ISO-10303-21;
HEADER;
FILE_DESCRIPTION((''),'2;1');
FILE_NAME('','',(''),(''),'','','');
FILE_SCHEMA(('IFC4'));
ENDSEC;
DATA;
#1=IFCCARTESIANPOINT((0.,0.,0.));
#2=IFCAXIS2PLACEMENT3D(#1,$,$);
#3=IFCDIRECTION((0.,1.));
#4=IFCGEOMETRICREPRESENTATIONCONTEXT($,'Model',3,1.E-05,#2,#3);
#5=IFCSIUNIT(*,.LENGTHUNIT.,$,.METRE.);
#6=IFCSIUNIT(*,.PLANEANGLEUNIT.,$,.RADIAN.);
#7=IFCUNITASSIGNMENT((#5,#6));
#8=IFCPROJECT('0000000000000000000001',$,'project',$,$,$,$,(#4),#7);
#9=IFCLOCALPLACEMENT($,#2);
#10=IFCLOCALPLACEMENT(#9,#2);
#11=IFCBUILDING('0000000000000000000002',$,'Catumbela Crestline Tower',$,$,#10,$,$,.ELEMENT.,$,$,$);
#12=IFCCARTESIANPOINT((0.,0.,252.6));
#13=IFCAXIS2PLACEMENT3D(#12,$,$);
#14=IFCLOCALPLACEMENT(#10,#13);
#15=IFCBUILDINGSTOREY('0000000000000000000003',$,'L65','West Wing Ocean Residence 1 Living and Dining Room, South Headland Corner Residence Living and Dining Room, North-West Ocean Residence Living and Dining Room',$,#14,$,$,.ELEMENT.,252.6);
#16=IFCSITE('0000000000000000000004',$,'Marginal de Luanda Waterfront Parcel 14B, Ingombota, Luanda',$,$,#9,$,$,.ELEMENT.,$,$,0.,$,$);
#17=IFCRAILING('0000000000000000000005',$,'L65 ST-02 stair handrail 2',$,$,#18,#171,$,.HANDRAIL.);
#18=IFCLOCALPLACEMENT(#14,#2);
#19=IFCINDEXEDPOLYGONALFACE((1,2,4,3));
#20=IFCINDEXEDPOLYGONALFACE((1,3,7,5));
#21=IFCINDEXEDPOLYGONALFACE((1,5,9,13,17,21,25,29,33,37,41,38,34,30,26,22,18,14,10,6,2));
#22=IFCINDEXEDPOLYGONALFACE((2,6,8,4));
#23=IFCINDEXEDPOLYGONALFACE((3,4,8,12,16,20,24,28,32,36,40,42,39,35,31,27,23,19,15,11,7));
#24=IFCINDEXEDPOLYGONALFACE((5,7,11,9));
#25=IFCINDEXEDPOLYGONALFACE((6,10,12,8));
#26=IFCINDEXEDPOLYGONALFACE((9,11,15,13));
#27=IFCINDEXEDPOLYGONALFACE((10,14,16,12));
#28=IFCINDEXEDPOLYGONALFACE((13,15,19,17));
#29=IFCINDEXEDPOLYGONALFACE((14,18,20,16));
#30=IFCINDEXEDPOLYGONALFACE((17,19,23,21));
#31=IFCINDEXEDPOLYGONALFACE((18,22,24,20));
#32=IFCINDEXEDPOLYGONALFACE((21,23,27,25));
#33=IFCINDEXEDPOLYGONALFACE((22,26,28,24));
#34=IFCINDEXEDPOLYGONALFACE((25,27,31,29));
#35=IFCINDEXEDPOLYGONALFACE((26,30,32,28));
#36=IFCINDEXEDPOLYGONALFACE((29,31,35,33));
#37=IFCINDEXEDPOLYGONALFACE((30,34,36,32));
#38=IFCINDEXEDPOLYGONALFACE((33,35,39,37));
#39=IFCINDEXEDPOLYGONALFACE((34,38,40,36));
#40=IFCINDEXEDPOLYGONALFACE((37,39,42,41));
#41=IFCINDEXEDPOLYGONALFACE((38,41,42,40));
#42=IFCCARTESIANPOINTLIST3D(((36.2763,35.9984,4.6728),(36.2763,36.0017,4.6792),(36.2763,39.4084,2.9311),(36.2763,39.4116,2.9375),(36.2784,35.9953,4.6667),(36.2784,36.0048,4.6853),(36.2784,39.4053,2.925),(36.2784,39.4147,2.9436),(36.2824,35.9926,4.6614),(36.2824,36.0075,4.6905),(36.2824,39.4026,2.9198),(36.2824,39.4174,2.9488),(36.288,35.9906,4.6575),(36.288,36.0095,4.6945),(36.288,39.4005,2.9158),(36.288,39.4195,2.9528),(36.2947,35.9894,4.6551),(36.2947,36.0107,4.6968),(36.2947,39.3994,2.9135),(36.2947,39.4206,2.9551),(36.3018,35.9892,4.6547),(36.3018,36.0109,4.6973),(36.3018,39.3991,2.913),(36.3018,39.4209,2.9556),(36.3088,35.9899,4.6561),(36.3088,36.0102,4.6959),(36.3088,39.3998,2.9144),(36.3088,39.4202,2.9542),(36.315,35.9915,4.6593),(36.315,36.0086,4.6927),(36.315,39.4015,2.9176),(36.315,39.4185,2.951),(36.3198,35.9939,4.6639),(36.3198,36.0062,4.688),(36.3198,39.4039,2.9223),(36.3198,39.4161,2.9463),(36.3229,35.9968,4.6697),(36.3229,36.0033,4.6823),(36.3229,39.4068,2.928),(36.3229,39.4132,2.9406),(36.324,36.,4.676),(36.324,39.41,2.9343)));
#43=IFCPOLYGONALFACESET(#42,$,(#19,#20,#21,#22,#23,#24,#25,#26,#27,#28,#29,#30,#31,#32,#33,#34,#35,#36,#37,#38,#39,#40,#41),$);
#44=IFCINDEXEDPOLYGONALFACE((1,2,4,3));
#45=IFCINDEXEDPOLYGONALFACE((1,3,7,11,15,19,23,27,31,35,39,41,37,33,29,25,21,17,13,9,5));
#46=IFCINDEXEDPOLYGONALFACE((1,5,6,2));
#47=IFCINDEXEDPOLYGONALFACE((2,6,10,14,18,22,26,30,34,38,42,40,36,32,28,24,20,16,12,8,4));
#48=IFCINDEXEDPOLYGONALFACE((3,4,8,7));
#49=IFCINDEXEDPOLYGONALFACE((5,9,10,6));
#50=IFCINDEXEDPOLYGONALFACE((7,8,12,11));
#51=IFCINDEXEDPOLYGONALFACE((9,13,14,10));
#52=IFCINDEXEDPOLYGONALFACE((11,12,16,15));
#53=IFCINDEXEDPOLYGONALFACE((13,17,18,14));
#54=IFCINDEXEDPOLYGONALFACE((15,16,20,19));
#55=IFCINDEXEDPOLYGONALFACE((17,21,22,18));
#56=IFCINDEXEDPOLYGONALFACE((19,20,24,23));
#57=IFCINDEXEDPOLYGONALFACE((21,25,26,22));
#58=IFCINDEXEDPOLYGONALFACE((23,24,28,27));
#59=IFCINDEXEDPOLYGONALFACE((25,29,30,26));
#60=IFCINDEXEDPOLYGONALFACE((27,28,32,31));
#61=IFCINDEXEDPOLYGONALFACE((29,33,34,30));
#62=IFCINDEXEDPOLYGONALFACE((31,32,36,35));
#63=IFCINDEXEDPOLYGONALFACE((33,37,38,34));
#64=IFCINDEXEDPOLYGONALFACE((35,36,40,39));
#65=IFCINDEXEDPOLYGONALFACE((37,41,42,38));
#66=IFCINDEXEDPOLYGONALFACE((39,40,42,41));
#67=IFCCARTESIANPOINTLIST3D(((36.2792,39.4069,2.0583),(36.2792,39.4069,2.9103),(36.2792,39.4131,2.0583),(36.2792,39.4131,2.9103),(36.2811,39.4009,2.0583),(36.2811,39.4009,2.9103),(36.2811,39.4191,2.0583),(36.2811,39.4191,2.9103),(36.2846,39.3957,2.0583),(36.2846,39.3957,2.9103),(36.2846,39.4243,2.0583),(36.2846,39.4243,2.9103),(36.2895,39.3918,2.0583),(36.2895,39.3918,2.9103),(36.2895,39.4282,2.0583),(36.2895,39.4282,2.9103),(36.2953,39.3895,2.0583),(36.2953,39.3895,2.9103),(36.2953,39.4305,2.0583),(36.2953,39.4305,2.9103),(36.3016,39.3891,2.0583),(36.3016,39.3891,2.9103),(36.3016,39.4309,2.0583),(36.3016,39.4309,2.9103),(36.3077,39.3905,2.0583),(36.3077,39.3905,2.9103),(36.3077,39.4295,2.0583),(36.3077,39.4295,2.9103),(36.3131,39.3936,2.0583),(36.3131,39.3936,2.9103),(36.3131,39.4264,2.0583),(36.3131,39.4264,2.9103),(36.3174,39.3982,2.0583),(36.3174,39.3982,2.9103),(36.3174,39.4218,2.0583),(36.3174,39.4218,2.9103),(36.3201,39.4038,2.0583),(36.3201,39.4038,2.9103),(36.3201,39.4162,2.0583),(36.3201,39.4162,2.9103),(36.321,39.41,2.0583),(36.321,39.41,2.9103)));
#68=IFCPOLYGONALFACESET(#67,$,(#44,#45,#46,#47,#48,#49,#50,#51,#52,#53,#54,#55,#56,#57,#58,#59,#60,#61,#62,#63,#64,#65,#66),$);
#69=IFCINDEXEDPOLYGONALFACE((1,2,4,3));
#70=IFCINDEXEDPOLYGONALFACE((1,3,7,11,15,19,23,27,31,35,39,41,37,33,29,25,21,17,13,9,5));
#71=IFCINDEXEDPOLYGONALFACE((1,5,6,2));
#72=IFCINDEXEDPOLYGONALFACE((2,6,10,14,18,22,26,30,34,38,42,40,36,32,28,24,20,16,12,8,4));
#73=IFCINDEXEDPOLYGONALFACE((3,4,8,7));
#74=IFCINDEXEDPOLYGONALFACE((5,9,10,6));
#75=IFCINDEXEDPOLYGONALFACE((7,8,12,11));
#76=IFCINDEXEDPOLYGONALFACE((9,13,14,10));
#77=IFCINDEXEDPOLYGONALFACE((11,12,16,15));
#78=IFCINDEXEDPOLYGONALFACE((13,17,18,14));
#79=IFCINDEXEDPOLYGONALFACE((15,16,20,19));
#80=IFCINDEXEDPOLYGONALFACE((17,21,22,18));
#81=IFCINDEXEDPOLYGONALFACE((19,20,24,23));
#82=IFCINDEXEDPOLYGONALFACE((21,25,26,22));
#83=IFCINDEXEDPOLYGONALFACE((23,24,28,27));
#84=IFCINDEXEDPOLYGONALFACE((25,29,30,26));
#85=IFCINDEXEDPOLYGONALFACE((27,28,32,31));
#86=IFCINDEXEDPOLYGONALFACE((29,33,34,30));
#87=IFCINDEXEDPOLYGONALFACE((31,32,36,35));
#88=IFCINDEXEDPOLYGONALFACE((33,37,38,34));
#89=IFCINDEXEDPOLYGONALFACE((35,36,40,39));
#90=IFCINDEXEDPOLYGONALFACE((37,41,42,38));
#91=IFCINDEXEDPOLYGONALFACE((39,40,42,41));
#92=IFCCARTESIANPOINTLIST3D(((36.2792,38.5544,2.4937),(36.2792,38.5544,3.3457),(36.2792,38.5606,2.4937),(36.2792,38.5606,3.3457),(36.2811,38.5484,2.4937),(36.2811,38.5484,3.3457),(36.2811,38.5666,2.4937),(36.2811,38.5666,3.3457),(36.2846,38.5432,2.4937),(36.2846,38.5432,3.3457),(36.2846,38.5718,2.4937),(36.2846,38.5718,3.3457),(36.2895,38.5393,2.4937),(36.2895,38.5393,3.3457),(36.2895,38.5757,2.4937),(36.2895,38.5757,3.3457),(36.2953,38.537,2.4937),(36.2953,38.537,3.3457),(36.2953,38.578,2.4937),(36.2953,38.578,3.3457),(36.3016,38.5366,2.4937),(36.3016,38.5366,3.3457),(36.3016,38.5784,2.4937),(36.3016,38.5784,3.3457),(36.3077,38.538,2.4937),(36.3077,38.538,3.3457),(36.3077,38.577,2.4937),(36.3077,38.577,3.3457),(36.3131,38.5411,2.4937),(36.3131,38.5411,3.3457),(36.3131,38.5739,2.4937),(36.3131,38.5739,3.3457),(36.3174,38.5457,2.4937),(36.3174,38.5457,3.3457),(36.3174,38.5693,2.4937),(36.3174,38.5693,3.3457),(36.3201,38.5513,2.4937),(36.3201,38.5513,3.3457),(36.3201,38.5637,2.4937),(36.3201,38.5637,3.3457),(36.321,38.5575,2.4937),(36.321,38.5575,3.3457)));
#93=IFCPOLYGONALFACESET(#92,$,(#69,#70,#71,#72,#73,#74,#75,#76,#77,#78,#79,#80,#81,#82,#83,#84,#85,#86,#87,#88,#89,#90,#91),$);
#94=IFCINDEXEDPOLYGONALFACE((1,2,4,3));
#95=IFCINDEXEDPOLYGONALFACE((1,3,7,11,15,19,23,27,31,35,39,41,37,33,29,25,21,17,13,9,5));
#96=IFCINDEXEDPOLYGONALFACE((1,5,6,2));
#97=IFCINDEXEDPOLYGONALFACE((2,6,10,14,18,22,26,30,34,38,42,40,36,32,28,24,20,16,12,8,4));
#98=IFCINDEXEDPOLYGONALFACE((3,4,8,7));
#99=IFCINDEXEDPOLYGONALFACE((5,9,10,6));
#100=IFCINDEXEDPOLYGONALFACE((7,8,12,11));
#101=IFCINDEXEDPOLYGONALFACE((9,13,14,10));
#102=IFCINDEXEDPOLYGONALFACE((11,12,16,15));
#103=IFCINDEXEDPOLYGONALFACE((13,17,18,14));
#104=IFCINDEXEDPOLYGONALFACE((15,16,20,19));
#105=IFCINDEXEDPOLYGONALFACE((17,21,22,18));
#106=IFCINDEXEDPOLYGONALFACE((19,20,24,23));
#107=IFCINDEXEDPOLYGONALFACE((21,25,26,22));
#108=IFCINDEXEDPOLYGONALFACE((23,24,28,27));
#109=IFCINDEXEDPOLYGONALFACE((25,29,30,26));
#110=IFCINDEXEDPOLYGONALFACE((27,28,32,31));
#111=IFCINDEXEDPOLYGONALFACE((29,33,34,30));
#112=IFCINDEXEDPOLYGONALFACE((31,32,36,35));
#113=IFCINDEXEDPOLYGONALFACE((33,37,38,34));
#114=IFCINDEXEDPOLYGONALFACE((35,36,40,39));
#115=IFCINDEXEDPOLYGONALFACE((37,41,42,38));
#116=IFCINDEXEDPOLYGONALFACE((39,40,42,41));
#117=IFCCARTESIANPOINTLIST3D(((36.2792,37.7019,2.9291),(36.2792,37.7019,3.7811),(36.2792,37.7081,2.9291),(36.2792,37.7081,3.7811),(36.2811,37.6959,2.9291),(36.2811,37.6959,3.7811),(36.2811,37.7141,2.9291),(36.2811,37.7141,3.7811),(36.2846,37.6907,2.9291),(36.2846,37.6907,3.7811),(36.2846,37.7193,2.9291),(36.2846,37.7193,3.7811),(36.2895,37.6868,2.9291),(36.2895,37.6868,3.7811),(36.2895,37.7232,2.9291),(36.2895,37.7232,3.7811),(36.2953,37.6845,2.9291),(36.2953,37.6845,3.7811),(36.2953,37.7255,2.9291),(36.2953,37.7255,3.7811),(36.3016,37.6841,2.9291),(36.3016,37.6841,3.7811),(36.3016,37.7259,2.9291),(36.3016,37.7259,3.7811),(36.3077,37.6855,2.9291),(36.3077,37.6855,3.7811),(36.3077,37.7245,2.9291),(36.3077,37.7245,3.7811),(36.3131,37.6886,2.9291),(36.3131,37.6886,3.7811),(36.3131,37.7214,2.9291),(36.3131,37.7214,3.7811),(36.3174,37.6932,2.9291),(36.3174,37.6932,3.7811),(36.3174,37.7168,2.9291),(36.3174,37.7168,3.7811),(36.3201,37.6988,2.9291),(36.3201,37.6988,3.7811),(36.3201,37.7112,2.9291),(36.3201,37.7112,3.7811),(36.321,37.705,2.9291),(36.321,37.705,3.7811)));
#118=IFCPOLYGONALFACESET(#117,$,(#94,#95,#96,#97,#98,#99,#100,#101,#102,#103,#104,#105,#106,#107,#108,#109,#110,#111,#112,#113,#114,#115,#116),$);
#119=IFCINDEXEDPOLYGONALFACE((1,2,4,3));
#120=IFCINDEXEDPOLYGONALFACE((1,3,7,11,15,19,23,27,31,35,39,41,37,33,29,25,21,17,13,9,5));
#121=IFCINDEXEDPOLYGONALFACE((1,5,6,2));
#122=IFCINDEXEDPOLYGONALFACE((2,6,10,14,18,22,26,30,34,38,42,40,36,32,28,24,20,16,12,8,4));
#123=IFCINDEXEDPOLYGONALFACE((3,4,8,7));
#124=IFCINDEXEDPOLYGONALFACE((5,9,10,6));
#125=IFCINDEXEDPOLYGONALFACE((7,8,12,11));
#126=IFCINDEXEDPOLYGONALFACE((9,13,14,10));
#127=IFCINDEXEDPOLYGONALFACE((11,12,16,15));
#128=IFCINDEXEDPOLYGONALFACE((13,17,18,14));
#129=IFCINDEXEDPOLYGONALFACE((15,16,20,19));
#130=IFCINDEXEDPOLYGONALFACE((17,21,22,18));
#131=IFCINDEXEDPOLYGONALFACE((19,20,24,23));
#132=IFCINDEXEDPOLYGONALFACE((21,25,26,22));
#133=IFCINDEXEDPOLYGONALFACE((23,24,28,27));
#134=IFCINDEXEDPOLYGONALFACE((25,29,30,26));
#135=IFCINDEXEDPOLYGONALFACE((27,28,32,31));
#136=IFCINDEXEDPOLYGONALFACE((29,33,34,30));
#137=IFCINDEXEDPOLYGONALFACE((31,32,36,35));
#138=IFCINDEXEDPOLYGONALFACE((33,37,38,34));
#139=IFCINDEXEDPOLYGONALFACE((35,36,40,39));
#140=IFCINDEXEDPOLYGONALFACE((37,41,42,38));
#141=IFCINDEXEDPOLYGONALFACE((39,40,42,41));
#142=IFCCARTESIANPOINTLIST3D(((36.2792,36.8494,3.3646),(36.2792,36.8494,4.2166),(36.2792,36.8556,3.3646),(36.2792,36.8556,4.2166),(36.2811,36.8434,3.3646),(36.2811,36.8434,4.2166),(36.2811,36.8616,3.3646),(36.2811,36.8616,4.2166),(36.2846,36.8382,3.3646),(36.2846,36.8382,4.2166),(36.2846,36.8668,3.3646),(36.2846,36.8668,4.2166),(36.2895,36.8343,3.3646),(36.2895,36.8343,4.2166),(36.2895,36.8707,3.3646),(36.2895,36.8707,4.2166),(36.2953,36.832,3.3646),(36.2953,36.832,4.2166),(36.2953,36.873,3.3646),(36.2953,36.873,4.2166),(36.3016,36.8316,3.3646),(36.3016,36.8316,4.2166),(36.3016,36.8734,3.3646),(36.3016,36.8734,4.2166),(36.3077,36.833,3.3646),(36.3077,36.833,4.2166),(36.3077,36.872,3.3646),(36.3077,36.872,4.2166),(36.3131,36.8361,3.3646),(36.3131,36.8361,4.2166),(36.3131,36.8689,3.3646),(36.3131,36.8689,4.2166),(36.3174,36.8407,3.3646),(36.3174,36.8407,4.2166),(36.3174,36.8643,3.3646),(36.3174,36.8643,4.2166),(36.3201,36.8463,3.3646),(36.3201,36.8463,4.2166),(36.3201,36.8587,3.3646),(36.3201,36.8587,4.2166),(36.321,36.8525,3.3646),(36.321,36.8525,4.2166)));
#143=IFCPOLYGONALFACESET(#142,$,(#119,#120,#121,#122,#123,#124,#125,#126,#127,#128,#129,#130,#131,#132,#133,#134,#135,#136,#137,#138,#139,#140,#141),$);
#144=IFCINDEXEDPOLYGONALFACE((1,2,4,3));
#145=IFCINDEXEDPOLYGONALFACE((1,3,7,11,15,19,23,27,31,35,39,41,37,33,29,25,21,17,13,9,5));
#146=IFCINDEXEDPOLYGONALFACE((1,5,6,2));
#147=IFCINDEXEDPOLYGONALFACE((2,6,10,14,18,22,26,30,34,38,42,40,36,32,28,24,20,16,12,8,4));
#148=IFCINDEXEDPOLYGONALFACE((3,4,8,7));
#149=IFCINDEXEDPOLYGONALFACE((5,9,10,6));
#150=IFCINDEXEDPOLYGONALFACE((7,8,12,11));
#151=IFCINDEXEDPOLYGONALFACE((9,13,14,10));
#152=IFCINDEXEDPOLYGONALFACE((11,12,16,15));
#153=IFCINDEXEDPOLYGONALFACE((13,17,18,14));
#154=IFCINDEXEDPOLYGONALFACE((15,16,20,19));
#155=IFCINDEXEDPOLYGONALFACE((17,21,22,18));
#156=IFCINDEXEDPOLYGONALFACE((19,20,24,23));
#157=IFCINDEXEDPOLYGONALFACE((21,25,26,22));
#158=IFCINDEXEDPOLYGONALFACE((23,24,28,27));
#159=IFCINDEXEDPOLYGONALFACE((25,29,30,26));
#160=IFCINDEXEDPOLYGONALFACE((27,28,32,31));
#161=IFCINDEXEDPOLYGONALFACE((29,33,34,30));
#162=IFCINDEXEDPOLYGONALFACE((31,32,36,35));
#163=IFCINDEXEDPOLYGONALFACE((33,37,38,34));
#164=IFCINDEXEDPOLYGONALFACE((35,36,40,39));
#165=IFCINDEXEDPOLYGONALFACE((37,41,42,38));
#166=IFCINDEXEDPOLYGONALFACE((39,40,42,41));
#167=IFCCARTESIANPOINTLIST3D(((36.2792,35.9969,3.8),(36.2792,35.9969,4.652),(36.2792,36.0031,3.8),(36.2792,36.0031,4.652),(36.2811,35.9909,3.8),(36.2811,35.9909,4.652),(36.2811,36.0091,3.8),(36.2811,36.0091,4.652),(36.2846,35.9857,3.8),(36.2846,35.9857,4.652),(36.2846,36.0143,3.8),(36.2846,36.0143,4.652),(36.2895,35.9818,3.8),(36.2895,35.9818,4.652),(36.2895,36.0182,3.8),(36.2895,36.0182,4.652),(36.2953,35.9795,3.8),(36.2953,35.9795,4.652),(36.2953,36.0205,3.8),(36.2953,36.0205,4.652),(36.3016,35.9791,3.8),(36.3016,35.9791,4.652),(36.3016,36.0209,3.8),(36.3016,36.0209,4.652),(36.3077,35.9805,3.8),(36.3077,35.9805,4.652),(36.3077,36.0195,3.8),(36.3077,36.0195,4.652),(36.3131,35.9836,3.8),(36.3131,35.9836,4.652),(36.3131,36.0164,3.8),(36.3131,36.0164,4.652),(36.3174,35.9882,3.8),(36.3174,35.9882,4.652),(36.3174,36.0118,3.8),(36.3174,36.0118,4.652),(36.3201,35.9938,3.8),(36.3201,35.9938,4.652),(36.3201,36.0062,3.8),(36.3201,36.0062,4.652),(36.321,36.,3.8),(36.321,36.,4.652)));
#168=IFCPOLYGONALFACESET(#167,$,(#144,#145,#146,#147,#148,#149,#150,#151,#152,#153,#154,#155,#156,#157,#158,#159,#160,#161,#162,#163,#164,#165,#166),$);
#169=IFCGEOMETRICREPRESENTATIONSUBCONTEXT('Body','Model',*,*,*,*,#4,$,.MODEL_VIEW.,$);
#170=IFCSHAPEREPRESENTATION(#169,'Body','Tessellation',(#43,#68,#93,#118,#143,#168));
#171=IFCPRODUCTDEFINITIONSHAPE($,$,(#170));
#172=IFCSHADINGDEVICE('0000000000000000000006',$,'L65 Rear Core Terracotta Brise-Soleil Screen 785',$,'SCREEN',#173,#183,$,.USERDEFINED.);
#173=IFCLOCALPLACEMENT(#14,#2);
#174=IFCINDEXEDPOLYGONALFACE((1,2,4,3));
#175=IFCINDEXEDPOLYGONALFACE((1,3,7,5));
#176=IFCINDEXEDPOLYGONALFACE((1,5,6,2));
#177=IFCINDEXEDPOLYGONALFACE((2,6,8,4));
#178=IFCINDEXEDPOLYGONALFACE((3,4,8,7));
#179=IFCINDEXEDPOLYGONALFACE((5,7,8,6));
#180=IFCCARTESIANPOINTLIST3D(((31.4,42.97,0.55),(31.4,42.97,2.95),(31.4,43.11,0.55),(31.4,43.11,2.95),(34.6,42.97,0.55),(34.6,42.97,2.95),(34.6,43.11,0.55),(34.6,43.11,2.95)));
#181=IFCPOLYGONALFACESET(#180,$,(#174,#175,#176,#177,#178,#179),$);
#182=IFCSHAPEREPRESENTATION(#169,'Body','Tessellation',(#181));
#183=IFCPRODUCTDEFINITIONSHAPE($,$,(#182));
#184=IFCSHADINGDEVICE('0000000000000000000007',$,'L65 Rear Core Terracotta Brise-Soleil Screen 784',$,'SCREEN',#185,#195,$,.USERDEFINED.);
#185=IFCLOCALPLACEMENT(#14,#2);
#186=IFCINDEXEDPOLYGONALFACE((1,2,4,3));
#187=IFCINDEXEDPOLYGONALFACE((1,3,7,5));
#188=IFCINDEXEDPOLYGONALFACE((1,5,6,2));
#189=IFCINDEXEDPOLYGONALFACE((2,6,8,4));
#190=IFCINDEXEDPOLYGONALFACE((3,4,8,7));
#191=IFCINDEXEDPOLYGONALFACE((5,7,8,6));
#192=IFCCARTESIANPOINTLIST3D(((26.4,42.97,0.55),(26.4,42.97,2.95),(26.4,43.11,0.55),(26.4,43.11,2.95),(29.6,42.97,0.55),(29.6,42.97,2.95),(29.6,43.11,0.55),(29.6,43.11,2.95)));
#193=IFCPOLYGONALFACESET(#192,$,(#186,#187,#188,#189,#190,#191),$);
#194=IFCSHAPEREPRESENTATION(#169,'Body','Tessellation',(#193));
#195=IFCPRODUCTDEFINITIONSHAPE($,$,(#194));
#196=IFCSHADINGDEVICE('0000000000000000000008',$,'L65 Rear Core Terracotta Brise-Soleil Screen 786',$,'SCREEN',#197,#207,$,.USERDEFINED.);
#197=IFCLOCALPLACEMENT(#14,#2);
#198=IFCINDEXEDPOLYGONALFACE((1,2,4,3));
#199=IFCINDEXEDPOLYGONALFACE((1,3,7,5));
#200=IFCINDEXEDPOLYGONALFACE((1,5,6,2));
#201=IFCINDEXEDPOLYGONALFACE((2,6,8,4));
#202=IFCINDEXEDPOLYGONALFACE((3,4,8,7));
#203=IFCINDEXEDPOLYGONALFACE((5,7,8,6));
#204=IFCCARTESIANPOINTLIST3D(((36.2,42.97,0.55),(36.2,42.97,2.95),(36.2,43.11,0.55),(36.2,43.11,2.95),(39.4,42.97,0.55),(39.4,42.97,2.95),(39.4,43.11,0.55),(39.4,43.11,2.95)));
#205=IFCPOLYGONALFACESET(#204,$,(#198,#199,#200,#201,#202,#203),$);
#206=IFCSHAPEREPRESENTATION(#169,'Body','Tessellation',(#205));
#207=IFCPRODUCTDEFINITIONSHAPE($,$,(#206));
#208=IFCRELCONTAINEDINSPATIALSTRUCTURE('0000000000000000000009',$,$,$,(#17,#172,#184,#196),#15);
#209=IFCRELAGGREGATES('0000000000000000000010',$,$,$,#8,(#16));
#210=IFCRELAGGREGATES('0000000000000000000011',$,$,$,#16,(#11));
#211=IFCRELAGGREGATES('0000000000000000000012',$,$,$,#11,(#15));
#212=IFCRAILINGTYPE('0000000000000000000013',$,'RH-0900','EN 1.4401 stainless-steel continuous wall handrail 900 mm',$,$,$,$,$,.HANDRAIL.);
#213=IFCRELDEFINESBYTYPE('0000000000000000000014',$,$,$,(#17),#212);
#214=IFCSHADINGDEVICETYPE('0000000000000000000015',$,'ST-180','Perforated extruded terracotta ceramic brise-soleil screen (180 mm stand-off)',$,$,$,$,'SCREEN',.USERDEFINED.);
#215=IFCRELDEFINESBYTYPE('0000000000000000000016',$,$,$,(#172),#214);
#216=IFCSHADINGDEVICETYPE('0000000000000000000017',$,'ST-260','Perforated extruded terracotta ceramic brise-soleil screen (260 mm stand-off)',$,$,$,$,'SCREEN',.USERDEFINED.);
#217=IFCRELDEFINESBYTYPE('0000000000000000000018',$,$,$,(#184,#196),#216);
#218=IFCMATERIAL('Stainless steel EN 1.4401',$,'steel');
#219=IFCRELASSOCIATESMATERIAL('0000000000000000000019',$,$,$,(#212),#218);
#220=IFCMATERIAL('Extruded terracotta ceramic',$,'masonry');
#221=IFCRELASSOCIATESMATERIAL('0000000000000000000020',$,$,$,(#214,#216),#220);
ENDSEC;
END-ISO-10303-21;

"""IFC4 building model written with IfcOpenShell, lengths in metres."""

from ifc_helpers import new_model, si_unit, direction, frame, origin, origin_2d, place, context, subcontext, project, spatial, rectangle, circle, extrude, material, type_object, element, save


model = new_model("IFC4")

# Units and contexts
model_context = context("Model", 3, precision=1e-05, world=origin(), true_north=direction((0.0, 1.0)))
body_context = subcontext(model_context, "Body", "Model", "MODEL_VIEW")
ifc_project = project(units=[si_unit("LENGTHUNIT", "METRE"), si_unit("PLANEANGLEUNIT", "RADIAN")], contexts=[model_context])

# Site, building, storey
site_placement = place(None, origin())
site = spatial("IfcSite", under=ifc_project, at=site_placement, Name="Marginal de Luanda Waterfront Parcel 14B, Ingombota, Luanda", CompositionType="ELEMENT", RefElevation=0.0)
building_placement = place(site_placement, origin())
building = spatial("IfcBuilding", under=site, at=building_placement, Name="Catumbela Crestline Tower", CompositionType="ELEMENT")
storey_placement = place(building_placement, frame((0.0, 0.0, 252.6)))
storey = spatial("IfcBuildingStorey", under=building, at=storey_placement, Name="L65", Description="West Wing Ocean Residence 1 Living and Dining Room, South Headland Corner Residence Living and Dining Room, North-West Ocean Residence Living and Dining Room", CompositionType="ELEMENT", Elevation=252.6)

# Shared definitions
ifc_material_1 = material(Name="Stainless steel EN 1.4401", Category="steel")

# Railing
railing_type = type_object("IfcRailingType", Name="RH-0900", Description="EN 1.4401 stainless-steel continuous wall handrail 900 mm", PredefinedType="HANDRAIL", material=ifc_material_1)
railing_placement = place(storey_placement, frame((36.3, 39.41, 2.0583)))
element("IfcRailing", 1, at=railing_placement, inside=storey, type_object=railing_type, Name="L65 ST-02 stair handrail 2", PredefinedType="HANDRAIL", context=body_context, shape_type="SweptSolid", body=[
    extrude(circle(Radius=0.024, at=origin_2d()), frame((0.0, 0.0, 0.876), z_axis=(0.0, -0.89056, 0.454865), x_axis=(1.0, 0.0, 0.0)), (0.0, 0.0, 1.0), 3.829),
    extrude(circle(Radius=0.021, at=origin_2d()), origin(), (0.0, 0.0, 1.0), 0.852),
    extrude(circle(Radius=0.021, at=origin_2d()), frame((0.0, -0.8525, 0.4354)), (0.0, 0.0, 1.0), 0.852),
    extrude(circle(Radius=0.021, at=origin_2d()), frame((0.0, -1.705, 0.8708)), (0.0, 0.0, 1.0), 0.852),
    extrude(circle(Radius=0.021, at=origin_2d()), frame((0.0, -2.5575, 1.3063)), (0.0, 0.0, 1.0), 0.852),
    extrude(circle(Radius=0.021, at=origin_2d()), frame((0.0, -3.41, 1.7417)), (0.0, 0.0, 1.0), 0.852),
])

# Shading devices
ifc_material_2 = material(Name="Extruded terracotta ceramic", Category="masonry")
shading_device_type_1 = type_object("IfcShadingDeviceType", Name="ST-180", Description="Perforated extruded terracotta ceramic brise-soleil screen (180 mm stand-off)", ElementType="SCREEN", PredefinedType="USERDEFINED", material=ifc_material_2)
shading_device_placement = place(storey_placement, frame((33.0, 43.04, 0.55), z_axis=(0.0, 0.0, 1.0), x_axis=(1.0, 0.0, 0.0)))
element("IfcShadingDevice", 2, at=shading_device_placement, inside=storey, type_object=shading_device_type_1, Name="L65 Rear Core Terracotta Brise-Soleil Screen 785", ObjectType="SCREEN", PredefinedType="USERDEFINED", context=body_context, shape_type="SweptSolid", body=[
    extrude(rectangle(XDim=3.2, YDim=0.14, at=origin_2d()), origin(), (0.0, 0.0, 1.0), 2.4),
])
shading_device_type_2 = type_object("IfcShadingDeviceType", Name="ST-260", Description="Perforated extruded terracotta ceramic brise-soleil screen (260 mm stand-off)", ElementType="SCREEN", PredefinedType="USERDEFINED", material=ifc_material_2)
for number, where, z_axis, x_axis, name in (
    (3, (28.0, 43.04, 0.55), (0.0, 0.0, 1.0), (1.0, 0.0, 0.0), "L65 Rear Core Terracotta Brise-Soleil Screen 784"),
    (4, (37.8, 43.04, 0.55), (0.0, 0.0, 1.0), (1.0, 0.0, 0.0), "L65 Rear Core Terracotta Brise-Soleil Screen 786"),
):
    element("IfcShadingDevice", number, at=place(storey_placement, frame(where, z_axis=z_axis, x_axis=x_axis)), inside=storey, type_object=shading_device_type_2, Name=name, ObjectType="SCREEN", PredefinedType="USERDEFINED", context=body_context, shape_type="SweptSolid", body=[
        extrude(rectangle(XDim=3.2, YDim=0.14, at=origin_2d()), origin(), (0.0, 0.0, 1.0), 2.4),
    ])

save(model, "model.ifc")
